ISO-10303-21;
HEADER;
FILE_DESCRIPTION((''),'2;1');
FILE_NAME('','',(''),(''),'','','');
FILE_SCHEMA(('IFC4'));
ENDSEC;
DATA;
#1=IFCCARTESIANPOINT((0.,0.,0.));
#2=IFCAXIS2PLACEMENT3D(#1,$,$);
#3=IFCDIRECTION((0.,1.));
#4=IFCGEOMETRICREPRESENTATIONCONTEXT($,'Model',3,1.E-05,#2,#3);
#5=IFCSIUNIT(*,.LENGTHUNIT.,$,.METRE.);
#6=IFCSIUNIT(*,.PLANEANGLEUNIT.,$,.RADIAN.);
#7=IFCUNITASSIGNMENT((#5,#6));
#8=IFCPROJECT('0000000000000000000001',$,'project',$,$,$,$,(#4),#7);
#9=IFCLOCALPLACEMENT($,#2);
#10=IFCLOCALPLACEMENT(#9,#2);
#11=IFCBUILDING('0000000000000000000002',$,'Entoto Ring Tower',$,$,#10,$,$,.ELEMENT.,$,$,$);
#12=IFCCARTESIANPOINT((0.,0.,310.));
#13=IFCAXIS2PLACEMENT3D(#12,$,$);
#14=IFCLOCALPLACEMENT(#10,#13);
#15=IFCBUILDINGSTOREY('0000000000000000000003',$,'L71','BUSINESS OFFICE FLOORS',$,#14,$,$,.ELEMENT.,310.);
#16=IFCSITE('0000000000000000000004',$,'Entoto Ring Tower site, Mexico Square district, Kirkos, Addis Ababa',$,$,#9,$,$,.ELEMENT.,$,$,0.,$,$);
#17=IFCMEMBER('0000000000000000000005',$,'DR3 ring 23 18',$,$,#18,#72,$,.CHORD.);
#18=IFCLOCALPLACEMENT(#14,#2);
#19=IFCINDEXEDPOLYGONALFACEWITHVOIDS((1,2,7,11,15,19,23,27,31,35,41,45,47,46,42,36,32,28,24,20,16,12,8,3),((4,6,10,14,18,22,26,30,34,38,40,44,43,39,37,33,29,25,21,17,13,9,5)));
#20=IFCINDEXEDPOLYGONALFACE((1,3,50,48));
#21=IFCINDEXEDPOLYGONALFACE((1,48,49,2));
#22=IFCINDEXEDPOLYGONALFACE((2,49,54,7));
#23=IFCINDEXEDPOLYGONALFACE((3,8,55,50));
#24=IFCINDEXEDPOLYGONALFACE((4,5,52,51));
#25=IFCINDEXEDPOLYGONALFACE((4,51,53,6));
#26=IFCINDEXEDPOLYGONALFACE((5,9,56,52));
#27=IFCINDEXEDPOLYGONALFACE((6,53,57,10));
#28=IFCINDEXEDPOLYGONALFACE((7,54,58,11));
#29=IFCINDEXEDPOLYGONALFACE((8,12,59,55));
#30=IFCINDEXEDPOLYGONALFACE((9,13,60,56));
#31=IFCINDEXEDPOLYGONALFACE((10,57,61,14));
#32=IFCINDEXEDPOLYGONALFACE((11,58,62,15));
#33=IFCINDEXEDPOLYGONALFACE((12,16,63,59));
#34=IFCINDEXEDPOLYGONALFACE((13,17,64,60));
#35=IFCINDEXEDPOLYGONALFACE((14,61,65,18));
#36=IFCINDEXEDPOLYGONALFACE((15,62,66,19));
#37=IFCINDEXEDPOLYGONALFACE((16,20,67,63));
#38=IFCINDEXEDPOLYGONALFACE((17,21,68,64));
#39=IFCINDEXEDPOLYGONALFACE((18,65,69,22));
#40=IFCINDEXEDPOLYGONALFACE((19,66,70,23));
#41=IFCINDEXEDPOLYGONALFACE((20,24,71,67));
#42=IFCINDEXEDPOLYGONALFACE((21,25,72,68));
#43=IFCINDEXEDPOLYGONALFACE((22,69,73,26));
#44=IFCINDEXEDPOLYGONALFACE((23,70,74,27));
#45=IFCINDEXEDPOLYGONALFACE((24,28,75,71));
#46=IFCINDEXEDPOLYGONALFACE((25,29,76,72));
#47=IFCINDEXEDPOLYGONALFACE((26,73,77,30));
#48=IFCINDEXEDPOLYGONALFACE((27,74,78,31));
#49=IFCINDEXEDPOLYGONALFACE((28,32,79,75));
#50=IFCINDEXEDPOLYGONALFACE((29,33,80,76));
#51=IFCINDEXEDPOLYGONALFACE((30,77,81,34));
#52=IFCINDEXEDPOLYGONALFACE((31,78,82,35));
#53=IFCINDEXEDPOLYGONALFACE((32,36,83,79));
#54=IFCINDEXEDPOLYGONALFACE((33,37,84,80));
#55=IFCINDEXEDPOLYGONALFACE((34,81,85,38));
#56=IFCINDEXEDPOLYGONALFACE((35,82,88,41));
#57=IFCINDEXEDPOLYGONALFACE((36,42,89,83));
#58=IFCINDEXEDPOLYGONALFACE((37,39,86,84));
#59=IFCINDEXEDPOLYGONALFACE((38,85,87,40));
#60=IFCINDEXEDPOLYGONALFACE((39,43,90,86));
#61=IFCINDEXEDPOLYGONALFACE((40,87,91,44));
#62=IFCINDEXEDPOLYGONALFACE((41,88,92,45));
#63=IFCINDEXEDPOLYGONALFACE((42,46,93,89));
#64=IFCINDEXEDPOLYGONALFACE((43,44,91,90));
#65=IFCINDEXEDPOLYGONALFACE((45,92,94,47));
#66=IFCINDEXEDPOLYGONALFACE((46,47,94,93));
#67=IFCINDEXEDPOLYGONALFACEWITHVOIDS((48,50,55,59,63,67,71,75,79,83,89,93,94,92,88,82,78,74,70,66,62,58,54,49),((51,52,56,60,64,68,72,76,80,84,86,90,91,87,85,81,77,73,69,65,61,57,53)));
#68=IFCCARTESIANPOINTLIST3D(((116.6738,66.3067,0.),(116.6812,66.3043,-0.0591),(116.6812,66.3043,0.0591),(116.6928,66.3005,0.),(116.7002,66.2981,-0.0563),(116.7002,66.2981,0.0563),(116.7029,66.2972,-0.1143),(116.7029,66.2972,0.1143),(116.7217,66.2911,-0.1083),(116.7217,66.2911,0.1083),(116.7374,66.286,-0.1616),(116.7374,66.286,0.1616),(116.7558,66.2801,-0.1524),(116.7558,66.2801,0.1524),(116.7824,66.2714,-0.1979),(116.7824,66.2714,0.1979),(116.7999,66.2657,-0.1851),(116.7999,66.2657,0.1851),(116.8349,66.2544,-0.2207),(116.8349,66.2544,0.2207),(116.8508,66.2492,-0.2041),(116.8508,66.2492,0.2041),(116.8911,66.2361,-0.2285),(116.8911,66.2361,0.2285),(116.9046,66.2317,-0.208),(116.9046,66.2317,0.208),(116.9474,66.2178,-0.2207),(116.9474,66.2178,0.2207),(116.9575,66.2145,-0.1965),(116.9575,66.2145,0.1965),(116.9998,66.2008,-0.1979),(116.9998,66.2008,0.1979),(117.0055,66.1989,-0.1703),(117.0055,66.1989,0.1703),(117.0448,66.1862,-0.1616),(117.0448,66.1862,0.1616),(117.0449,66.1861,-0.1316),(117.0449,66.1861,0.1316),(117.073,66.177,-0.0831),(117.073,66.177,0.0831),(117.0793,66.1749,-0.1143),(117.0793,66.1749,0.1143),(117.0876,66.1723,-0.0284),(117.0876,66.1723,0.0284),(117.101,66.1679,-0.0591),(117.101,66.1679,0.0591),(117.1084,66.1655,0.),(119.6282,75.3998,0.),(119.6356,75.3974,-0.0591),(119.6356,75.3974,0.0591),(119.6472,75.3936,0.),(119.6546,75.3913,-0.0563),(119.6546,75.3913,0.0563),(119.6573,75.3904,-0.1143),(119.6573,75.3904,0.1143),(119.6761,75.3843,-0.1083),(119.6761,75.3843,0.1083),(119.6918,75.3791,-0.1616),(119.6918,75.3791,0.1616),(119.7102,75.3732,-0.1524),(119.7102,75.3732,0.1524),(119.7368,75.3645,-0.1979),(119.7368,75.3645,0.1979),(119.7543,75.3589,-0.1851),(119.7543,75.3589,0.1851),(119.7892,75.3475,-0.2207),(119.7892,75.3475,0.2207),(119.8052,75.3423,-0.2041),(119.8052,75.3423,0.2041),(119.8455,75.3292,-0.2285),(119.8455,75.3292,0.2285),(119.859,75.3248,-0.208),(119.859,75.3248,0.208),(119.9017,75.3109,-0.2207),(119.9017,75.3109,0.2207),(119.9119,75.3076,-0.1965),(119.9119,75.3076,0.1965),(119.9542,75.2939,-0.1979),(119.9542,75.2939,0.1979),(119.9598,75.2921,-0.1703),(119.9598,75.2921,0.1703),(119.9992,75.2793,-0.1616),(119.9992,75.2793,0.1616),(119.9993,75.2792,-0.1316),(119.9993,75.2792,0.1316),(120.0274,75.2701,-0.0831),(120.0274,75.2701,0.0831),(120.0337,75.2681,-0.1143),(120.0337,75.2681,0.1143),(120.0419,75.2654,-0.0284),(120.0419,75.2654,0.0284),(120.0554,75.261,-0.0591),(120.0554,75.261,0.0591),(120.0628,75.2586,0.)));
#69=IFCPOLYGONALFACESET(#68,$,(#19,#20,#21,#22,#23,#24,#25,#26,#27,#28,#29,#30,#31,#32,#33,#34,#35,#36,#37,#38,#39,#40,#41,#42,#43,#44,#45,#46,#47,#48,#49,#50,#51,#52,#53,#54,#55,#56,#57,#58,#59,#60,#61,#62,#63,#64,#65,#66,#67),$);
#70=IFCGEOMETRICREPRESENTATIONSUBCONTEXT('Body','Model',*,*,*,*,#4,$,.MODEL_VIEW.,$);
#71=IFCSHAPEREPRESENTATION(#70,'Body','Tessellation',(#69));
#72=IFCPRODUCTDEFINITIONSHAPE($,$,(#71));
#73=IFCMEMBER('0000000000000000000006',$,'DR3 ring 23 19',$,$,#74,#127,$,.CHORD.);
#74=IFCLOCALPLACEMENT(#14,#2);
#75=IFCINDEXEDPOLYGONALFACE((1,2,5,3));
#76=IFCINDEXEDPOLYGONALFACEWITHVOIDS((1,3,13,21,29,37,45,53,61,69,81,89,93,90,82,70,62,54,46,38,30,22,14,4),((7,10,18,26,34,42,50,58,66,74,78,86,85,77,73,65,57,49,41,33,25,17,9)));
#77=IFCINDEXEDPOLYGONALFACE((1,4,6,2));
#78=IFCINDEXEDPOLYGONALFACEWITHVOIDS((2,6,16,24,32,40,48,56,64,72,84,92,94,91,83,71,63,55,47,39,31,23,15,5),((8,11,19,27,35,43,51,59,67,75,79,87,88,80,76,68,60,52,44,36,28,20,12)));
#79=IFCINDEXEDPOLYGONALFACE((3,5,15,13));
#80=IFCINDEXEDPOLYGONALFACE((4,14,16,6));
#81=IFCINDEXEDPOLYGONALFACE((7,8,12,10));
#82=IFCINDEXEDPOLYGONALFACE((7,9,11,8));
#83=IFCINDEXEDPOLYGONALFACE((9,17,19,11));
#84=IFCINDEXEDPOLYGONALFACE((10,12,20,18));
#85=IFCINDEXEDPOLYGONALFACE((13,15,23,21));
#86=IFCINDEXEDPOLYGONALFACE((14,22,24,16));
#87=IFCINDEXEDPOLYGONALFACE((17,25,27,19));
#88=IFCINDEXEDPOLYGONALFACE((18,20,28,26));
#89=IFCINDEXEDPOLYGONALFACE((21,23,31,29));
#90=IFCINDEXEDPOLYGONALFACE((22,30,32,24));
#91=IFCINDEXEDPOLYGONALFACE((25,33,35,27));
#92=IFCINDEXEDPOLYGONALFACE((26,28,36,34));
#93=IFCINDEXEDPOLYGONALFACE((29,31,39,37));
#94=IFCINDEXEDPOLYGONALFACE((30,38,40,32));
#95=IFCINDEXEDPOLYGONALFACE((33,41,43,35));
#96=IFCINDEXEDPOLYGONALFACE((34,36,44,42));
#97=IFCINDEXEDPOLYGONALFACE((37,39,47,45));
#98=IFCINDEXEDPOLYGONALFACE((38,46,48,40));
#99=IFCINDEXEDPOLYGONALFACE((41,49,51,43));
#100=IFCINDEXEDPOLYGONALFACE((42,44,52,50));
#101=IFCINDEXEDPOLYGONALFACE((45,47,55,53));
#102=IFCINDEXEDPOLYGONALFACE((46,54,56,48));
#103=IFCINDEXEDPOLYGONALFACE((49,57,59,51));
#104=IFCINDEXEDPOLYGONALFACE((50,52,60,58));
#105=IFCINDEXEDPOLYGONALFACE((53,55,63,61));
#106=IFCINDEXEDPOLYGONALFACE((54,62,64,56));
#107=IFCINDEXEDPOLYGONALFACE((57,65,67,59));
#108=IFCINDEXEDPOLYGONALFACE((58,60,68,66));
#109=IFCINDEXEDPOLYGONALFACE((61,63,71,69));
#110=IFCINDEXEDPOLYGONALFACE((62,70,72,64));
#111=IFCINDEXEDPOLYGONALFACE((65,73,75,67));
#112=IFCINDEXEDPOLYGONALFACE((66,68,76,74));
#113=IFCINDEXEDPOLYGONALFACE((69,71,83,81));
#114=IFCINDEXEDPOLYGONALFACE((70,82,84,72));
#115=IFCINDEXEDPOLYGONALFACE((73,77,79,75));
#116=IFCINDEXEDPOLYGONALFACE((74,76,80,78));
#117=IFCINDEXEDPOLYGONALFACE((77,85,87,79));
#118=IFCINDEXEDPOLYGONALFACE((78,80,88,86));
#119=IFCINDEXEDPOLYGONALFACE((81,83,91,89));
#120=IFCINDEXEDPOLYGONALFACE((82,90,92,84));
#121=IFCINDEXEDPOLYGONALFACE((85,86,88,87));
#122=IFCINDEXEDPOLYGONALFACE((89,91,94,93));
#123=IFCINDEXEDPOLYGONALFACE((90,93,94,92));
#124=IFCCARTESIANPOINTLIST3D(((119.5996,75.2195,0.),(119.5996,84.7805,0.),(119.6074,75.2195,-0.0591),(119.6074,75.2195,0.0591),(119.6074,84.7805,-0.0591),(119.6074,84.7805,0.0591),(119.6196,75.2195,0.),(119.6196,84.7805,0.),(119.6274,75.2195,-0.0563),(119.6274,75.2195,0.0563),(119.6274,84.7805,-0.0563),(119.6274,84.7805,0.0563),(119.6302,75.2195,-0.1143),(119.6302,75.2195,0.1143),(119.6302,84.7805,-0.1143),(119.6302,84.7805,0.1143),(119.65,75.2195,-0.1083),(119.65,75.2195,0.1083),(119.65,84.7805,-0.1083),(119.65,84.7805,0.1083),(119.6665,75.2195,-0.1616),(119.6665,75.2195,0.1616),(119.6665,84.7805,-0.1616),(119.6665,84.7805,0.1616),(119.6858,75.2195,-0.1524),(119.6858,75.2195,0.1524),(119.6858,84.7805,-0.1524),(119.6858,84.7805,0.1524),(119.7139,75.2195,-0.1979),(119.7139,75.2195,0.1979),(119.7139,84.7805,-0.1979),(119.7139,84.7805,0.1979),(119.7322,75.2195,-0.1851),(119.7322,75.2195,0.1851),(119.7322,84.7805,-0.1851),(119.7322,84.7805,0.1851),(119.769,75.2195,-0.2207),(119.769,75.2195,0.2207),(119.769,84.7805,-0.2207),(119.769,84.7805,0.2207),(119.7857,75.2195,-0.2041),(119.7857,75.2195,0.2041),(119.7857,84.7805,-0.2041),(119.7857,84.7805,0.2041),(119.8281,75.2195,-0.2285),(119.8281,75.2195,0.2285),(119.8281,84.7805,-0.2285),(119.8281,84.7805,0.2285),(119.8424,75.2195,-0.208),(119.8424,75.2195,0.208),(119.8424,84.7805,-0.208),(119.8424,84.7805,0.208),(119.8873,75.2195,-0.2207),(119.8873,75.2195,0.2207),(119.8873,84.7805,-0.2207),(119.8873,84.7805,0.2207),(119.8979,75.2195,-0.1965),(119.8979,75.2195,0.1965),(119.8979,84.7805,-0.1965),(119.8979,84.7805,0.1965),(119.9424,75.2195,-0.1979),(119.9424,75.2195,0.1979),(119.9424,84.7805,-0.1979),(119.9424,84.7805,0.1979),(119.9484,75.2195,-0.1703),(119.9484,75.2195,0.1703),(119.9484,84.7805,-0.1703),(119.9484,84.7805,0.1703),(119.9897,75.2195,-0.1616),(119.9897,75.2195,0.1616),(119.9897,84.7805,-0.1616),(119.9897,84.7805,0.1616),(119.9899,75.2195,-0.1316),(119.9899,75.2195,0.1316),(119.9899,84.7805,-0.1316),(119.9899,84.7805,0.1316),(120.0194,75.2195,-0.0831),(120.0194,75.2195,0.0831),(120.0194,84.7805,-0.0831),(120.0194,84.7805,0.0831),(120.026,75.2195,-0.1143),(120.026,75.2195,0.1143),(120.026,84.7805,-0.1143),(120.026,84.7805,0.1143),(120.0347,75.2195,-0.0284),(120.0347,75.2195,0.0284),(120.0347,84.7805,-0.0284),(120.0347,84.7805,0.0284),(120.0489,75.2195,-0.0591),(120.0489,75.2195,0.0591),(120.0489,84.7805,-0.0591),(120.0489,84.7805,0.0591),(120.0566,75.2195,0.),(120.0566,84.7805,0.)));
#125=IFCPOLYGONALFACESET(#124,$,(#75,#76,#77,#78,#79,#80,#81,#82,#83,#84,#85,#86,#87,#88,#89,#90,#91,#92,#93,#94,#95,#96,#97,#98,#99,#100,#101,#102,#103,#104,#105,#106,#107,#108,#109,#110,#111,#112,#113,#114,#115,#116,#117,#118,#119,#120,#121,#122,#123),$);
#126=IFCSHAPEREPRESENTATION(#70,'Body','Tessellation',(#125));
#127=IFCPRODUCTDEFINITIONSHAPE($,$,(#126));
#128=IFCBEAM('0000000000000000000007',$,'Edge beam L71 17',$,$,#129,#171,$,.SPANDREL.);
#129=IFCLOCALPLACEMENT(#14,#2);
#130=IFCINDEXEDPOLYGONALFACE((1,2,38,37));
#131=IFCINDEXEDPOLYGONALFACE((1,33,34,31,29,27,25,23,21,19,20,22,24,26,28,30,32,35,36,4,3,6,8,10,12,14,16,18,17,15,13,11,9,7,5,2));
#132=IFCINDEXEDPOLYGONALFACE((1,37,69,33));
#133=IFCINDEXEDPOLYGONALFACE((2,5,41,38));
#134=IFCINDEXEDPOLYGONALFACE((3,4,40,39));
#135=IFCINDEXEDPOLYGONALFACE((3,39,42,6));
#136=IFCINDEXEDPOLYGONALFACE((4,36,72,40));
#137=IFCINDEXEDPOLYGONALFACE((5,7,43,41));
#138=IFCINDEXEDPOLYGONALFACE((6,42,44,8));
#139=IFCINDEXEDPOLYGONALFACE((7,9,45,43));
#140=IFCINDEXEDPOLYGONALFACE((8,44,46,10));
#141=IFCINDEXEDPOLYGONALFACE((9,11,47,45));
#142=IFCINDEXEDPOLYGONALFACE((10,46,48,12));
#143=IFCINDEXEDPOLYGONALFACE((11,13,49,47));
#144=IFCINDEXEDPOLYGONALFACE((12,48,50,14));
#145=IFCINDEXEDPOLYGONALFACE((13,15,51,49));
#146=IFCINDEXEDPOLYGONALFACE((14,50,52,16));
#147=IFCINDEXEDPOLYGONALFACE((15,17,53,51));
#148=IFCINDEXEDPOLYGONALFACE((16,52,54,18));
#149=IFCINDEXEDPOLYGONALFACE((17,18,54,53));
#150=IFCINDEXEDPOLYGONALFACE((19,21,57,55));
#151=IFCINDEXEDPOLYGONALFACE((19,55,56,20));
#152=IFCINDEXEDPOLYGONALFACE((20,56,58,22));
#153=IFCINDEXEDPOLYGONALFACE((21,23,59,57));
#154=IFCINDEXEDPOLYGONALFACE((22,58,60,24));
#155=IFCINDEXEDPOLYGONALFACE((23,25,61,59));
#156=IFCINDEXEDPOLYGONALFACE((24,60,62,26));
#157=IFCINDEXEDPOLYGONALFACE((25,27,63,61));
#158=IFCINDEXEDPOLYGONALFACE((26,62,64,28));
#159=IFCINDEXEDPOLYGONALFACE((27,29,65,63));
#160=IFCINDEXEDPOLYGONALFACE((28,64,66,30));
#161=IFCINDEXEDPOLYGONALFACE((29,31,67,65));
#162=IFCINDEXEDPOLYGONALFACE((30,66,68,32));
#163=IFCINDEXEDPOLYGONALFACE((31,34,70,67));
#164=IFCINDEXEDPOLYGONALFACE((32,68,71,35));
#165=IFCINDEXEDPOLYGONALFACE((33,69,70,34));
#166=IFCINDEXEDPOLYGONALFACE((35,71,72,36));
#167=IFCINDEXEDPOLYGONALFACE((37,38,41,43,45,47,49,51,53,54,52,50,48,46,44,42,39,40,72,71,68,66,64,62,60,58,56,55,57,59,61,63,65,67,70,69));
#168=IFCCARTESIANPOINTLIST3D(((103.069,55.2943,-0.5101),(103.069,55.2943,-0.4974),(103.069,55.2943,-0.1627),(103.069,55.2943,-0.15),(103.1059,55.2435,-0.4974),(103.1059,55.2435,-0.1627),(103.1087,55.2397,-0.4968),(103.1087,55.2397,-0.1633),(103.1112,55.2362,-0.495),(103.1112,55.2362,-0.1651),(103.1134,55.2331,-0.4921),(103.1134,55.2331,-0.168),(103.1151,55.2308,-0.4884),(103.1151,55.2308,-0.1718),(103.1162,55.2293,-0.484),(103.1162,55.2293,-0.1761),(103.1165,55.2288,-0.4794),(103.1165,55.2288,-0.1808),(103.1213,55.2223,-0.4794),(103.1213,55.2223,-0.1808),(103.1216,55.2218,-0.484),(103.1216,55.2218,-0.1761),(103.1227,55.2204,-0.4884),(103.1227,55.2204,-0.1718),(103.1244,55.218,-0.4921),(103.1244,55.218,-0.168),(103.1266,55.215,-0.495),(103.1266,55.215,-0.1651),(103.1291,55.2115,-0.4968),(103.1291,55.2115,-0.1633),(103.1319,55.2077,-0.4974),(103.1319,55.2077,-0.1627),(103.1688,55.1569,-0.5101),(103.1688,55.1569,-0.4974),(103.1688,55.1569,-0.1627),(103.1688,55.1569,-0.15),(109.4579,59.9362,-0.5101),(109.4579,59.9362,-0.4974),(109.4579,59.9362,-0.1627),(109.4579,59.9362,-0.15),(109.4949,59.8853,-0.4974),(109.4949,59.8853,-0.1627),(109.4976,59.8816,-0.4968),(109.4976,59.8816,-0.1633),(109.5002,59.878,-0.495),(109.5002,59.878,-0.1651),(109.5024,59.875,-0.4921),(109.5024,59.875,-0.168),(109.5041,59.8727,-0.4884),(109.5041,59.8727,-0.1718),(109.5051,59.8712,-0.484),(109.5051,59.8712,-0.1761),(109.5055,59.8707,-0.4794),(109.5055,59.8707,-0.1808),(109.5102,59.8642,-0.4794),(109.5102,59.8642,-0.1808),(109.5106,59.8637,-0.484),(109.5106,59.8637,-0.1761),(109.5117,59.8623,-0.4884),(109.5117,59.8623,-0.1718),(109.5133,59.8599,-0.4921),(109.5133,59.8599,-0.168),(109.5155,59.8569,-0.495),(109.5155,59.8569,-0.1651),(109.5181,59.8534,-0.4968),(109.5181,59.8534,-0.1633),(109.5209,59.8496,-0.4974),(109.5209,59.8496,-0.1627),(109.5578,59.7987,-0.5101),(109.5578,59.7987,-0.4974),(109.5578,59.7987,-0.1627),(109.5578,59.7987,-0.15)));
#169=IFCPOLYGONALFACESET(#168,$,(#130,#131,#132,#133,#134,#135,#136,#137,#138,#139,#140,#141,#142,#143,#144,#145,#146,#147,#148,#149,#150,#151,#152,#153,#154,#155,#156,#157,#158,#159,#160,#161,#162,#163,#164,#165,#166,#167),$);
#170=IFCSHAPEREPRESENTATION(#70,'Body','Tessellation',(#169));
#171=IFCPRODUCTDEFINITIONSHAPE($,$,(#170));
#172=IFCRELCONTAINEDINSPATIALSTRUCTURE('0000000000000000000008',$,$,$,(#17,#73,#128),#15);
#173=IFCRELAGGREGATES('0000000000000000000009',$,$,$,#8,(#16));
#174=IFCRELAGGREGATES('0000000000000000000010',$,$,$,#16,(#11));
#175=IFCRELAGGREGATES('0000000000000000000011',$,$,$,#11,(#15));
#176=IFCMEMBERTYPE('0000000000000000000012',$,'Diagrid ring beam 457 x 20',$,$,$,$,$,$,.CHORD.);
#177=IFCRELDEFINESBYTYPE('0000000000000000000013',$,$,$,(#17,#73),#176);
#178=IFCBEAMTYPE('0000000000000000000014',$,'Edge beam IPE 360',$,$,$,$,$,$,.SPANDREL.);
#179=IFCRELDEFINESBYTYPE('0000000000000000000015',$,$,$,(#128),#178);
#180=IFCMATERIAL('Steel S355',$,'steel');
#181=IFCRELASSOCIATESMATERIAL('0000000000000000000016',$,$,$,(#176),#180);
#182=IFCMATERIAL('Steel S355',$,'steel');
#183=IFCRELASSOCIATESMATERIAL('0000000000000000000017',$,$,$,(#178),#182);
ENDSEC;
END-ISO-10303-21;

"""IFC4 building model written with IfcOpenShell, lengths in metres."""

from ifc_helpers import new_model, si_unit, direction, frame, origin, origin_2d, place, context, subcontext, project, spatial, circle, hollow_circle, i_section, extrude, material, material_profile, profile_set, type_object, element, save


model = new_model("IFC4")

# Units and contexts
model_context = context("Model", 3, precision=1e-05, world=origin(), true_north=direction((0.0, 1.0)))
body_context = subcontext(model_context, "Body", "Model", "MODEL_VIEW")
ifc_project = project(units=[si_unit("LENGTHUNIT", "METRE"), si_unit("PLANEANGLEUNIT", "RADIAN")], contexts=[model_context])

# Site, building, storey
site_placement = place(None, origin())
site = spatial("IfcSite", under=ifc_project, at=site_placement, Name="Entoto Ring Tower site, Mexico Square district, Kirkos, Addis Ababa", CompositionType="ELEMENT", RefElevation=0.0)
building_placement = place(site_placement, origin())
building = spatial("IfcBuilding", under=site, at=building_placement, Name="Entoto Ring Tower", CompositionType="ELEMENT")
storey_placement = place(building_placement, frame((0.0, 0.0, 310.0)))
storey = spatial("IfcBuildingStorey", under=building, at=storey_placement, Name="L71", Description="BUSINESS OFFICE FLOORS", CompositionType="ELEMENT", Elevation=310.0)

# Members
ifc_material_1 = material(Name="Steel S355", Category="steel")
ifc_material_profile_1 = material_profile(ifc_material_1, hollow_circle(Radius=0.2285, WallThickness=0.02, at=origin_2d()), Name="CHS 457 x 20")
ifc_material_2 = material(Name="Concrete C60/75", Category="concrete")
ifc_material_profile_2 = material_profile(ifc_material_2, circle(Radius=0.2085, at=origin_2d()), Name="Concrete C60/75 infill")
ifc_profile_set_1 = profile_set([ifc_material_profile_1, ifc_material_profile_2], Name="Steel S355")
member_type_1 = type_object("IfcMemberType", Name="Diagrid ring beam 457 x 20", PredefinedType="CHORD", material=ifc_profile_set_1)
for number, where, z_axis, x_axis, name in (
    (1, (116.8911, 66.2361, 0.0), (0.309002, 0.951061, 0.0), (-0.951061, 0.309002, 0.0), "DR3 ring 23 18"),
    (2, (119.8281, 75.2195, 0.0), (0.0, 1.0, 0.0), (-1.0, 0.0, 0.0), "DR3 ring 23 19"),
):
    element("IfcMember", number, at=place(storey_placement, frame(where, z_axis=z_axis, x_axis=x_axis)), inside=storey, type_object=member_type_1, Name=name, PredefinedType="CHORD", context=body_context, shape_type="SweptSolid", body=[
        extrude(hollow_circle(Radius=0.2285, WallThickness=0.02, at=origin_2d()), origin(), (0.0, 0.0, 1.0), 9.561),
    ])

# Beam
ifc_material_3 = material(Name="Steel S355", Category="steel")
ifc_material_profile_3 = material_profile(ifc_material_3, i_section(OverallWidth=0.1699, OverallDepth=0.3601, WebThickness=0.0081, FlangeThickness=0.0127, FilletRadius=0.0181, at=origin_2d()), Name="IPE 360")
ifc_profile_set_2 = profile_set([ifc_material_profile_3], Name="Steel S355")
beam_type_1 = type_object("IfcBeamType", Name="Edge beam IPE 360", PredefinedType="SPANDREL", material=ifc_profile_set_2)
for number, where, z_axis, x_axis, name in (
    (3, (103.1189, 55.2256, -0.3301), (0.809015, 0.587787, 0.0), (-0.587787, 0.809015, 0.0), "Edge beam L71 17"),
):
    element("IfcBeam", number, at=place(storey_placement, frame(where, z_axis=z_axis, x_axis=x_axis)), inside=storey, type_object=beam_type_1, Name=name, PredefinedType="SPANDREL", context=body_context, shape_type="SweptSolid", body=[
        extrude(i_section(OverallWidth=0.1699, OverallDepth=0.3601, WebThickness=0.0081, FlangeThickness=0.0127, FilletRadius=0.0181, at=origin_2d()), origin(), (0.0, 0.0, 1.0), 7.8972),
    ])

save(model, "model.ifc")
